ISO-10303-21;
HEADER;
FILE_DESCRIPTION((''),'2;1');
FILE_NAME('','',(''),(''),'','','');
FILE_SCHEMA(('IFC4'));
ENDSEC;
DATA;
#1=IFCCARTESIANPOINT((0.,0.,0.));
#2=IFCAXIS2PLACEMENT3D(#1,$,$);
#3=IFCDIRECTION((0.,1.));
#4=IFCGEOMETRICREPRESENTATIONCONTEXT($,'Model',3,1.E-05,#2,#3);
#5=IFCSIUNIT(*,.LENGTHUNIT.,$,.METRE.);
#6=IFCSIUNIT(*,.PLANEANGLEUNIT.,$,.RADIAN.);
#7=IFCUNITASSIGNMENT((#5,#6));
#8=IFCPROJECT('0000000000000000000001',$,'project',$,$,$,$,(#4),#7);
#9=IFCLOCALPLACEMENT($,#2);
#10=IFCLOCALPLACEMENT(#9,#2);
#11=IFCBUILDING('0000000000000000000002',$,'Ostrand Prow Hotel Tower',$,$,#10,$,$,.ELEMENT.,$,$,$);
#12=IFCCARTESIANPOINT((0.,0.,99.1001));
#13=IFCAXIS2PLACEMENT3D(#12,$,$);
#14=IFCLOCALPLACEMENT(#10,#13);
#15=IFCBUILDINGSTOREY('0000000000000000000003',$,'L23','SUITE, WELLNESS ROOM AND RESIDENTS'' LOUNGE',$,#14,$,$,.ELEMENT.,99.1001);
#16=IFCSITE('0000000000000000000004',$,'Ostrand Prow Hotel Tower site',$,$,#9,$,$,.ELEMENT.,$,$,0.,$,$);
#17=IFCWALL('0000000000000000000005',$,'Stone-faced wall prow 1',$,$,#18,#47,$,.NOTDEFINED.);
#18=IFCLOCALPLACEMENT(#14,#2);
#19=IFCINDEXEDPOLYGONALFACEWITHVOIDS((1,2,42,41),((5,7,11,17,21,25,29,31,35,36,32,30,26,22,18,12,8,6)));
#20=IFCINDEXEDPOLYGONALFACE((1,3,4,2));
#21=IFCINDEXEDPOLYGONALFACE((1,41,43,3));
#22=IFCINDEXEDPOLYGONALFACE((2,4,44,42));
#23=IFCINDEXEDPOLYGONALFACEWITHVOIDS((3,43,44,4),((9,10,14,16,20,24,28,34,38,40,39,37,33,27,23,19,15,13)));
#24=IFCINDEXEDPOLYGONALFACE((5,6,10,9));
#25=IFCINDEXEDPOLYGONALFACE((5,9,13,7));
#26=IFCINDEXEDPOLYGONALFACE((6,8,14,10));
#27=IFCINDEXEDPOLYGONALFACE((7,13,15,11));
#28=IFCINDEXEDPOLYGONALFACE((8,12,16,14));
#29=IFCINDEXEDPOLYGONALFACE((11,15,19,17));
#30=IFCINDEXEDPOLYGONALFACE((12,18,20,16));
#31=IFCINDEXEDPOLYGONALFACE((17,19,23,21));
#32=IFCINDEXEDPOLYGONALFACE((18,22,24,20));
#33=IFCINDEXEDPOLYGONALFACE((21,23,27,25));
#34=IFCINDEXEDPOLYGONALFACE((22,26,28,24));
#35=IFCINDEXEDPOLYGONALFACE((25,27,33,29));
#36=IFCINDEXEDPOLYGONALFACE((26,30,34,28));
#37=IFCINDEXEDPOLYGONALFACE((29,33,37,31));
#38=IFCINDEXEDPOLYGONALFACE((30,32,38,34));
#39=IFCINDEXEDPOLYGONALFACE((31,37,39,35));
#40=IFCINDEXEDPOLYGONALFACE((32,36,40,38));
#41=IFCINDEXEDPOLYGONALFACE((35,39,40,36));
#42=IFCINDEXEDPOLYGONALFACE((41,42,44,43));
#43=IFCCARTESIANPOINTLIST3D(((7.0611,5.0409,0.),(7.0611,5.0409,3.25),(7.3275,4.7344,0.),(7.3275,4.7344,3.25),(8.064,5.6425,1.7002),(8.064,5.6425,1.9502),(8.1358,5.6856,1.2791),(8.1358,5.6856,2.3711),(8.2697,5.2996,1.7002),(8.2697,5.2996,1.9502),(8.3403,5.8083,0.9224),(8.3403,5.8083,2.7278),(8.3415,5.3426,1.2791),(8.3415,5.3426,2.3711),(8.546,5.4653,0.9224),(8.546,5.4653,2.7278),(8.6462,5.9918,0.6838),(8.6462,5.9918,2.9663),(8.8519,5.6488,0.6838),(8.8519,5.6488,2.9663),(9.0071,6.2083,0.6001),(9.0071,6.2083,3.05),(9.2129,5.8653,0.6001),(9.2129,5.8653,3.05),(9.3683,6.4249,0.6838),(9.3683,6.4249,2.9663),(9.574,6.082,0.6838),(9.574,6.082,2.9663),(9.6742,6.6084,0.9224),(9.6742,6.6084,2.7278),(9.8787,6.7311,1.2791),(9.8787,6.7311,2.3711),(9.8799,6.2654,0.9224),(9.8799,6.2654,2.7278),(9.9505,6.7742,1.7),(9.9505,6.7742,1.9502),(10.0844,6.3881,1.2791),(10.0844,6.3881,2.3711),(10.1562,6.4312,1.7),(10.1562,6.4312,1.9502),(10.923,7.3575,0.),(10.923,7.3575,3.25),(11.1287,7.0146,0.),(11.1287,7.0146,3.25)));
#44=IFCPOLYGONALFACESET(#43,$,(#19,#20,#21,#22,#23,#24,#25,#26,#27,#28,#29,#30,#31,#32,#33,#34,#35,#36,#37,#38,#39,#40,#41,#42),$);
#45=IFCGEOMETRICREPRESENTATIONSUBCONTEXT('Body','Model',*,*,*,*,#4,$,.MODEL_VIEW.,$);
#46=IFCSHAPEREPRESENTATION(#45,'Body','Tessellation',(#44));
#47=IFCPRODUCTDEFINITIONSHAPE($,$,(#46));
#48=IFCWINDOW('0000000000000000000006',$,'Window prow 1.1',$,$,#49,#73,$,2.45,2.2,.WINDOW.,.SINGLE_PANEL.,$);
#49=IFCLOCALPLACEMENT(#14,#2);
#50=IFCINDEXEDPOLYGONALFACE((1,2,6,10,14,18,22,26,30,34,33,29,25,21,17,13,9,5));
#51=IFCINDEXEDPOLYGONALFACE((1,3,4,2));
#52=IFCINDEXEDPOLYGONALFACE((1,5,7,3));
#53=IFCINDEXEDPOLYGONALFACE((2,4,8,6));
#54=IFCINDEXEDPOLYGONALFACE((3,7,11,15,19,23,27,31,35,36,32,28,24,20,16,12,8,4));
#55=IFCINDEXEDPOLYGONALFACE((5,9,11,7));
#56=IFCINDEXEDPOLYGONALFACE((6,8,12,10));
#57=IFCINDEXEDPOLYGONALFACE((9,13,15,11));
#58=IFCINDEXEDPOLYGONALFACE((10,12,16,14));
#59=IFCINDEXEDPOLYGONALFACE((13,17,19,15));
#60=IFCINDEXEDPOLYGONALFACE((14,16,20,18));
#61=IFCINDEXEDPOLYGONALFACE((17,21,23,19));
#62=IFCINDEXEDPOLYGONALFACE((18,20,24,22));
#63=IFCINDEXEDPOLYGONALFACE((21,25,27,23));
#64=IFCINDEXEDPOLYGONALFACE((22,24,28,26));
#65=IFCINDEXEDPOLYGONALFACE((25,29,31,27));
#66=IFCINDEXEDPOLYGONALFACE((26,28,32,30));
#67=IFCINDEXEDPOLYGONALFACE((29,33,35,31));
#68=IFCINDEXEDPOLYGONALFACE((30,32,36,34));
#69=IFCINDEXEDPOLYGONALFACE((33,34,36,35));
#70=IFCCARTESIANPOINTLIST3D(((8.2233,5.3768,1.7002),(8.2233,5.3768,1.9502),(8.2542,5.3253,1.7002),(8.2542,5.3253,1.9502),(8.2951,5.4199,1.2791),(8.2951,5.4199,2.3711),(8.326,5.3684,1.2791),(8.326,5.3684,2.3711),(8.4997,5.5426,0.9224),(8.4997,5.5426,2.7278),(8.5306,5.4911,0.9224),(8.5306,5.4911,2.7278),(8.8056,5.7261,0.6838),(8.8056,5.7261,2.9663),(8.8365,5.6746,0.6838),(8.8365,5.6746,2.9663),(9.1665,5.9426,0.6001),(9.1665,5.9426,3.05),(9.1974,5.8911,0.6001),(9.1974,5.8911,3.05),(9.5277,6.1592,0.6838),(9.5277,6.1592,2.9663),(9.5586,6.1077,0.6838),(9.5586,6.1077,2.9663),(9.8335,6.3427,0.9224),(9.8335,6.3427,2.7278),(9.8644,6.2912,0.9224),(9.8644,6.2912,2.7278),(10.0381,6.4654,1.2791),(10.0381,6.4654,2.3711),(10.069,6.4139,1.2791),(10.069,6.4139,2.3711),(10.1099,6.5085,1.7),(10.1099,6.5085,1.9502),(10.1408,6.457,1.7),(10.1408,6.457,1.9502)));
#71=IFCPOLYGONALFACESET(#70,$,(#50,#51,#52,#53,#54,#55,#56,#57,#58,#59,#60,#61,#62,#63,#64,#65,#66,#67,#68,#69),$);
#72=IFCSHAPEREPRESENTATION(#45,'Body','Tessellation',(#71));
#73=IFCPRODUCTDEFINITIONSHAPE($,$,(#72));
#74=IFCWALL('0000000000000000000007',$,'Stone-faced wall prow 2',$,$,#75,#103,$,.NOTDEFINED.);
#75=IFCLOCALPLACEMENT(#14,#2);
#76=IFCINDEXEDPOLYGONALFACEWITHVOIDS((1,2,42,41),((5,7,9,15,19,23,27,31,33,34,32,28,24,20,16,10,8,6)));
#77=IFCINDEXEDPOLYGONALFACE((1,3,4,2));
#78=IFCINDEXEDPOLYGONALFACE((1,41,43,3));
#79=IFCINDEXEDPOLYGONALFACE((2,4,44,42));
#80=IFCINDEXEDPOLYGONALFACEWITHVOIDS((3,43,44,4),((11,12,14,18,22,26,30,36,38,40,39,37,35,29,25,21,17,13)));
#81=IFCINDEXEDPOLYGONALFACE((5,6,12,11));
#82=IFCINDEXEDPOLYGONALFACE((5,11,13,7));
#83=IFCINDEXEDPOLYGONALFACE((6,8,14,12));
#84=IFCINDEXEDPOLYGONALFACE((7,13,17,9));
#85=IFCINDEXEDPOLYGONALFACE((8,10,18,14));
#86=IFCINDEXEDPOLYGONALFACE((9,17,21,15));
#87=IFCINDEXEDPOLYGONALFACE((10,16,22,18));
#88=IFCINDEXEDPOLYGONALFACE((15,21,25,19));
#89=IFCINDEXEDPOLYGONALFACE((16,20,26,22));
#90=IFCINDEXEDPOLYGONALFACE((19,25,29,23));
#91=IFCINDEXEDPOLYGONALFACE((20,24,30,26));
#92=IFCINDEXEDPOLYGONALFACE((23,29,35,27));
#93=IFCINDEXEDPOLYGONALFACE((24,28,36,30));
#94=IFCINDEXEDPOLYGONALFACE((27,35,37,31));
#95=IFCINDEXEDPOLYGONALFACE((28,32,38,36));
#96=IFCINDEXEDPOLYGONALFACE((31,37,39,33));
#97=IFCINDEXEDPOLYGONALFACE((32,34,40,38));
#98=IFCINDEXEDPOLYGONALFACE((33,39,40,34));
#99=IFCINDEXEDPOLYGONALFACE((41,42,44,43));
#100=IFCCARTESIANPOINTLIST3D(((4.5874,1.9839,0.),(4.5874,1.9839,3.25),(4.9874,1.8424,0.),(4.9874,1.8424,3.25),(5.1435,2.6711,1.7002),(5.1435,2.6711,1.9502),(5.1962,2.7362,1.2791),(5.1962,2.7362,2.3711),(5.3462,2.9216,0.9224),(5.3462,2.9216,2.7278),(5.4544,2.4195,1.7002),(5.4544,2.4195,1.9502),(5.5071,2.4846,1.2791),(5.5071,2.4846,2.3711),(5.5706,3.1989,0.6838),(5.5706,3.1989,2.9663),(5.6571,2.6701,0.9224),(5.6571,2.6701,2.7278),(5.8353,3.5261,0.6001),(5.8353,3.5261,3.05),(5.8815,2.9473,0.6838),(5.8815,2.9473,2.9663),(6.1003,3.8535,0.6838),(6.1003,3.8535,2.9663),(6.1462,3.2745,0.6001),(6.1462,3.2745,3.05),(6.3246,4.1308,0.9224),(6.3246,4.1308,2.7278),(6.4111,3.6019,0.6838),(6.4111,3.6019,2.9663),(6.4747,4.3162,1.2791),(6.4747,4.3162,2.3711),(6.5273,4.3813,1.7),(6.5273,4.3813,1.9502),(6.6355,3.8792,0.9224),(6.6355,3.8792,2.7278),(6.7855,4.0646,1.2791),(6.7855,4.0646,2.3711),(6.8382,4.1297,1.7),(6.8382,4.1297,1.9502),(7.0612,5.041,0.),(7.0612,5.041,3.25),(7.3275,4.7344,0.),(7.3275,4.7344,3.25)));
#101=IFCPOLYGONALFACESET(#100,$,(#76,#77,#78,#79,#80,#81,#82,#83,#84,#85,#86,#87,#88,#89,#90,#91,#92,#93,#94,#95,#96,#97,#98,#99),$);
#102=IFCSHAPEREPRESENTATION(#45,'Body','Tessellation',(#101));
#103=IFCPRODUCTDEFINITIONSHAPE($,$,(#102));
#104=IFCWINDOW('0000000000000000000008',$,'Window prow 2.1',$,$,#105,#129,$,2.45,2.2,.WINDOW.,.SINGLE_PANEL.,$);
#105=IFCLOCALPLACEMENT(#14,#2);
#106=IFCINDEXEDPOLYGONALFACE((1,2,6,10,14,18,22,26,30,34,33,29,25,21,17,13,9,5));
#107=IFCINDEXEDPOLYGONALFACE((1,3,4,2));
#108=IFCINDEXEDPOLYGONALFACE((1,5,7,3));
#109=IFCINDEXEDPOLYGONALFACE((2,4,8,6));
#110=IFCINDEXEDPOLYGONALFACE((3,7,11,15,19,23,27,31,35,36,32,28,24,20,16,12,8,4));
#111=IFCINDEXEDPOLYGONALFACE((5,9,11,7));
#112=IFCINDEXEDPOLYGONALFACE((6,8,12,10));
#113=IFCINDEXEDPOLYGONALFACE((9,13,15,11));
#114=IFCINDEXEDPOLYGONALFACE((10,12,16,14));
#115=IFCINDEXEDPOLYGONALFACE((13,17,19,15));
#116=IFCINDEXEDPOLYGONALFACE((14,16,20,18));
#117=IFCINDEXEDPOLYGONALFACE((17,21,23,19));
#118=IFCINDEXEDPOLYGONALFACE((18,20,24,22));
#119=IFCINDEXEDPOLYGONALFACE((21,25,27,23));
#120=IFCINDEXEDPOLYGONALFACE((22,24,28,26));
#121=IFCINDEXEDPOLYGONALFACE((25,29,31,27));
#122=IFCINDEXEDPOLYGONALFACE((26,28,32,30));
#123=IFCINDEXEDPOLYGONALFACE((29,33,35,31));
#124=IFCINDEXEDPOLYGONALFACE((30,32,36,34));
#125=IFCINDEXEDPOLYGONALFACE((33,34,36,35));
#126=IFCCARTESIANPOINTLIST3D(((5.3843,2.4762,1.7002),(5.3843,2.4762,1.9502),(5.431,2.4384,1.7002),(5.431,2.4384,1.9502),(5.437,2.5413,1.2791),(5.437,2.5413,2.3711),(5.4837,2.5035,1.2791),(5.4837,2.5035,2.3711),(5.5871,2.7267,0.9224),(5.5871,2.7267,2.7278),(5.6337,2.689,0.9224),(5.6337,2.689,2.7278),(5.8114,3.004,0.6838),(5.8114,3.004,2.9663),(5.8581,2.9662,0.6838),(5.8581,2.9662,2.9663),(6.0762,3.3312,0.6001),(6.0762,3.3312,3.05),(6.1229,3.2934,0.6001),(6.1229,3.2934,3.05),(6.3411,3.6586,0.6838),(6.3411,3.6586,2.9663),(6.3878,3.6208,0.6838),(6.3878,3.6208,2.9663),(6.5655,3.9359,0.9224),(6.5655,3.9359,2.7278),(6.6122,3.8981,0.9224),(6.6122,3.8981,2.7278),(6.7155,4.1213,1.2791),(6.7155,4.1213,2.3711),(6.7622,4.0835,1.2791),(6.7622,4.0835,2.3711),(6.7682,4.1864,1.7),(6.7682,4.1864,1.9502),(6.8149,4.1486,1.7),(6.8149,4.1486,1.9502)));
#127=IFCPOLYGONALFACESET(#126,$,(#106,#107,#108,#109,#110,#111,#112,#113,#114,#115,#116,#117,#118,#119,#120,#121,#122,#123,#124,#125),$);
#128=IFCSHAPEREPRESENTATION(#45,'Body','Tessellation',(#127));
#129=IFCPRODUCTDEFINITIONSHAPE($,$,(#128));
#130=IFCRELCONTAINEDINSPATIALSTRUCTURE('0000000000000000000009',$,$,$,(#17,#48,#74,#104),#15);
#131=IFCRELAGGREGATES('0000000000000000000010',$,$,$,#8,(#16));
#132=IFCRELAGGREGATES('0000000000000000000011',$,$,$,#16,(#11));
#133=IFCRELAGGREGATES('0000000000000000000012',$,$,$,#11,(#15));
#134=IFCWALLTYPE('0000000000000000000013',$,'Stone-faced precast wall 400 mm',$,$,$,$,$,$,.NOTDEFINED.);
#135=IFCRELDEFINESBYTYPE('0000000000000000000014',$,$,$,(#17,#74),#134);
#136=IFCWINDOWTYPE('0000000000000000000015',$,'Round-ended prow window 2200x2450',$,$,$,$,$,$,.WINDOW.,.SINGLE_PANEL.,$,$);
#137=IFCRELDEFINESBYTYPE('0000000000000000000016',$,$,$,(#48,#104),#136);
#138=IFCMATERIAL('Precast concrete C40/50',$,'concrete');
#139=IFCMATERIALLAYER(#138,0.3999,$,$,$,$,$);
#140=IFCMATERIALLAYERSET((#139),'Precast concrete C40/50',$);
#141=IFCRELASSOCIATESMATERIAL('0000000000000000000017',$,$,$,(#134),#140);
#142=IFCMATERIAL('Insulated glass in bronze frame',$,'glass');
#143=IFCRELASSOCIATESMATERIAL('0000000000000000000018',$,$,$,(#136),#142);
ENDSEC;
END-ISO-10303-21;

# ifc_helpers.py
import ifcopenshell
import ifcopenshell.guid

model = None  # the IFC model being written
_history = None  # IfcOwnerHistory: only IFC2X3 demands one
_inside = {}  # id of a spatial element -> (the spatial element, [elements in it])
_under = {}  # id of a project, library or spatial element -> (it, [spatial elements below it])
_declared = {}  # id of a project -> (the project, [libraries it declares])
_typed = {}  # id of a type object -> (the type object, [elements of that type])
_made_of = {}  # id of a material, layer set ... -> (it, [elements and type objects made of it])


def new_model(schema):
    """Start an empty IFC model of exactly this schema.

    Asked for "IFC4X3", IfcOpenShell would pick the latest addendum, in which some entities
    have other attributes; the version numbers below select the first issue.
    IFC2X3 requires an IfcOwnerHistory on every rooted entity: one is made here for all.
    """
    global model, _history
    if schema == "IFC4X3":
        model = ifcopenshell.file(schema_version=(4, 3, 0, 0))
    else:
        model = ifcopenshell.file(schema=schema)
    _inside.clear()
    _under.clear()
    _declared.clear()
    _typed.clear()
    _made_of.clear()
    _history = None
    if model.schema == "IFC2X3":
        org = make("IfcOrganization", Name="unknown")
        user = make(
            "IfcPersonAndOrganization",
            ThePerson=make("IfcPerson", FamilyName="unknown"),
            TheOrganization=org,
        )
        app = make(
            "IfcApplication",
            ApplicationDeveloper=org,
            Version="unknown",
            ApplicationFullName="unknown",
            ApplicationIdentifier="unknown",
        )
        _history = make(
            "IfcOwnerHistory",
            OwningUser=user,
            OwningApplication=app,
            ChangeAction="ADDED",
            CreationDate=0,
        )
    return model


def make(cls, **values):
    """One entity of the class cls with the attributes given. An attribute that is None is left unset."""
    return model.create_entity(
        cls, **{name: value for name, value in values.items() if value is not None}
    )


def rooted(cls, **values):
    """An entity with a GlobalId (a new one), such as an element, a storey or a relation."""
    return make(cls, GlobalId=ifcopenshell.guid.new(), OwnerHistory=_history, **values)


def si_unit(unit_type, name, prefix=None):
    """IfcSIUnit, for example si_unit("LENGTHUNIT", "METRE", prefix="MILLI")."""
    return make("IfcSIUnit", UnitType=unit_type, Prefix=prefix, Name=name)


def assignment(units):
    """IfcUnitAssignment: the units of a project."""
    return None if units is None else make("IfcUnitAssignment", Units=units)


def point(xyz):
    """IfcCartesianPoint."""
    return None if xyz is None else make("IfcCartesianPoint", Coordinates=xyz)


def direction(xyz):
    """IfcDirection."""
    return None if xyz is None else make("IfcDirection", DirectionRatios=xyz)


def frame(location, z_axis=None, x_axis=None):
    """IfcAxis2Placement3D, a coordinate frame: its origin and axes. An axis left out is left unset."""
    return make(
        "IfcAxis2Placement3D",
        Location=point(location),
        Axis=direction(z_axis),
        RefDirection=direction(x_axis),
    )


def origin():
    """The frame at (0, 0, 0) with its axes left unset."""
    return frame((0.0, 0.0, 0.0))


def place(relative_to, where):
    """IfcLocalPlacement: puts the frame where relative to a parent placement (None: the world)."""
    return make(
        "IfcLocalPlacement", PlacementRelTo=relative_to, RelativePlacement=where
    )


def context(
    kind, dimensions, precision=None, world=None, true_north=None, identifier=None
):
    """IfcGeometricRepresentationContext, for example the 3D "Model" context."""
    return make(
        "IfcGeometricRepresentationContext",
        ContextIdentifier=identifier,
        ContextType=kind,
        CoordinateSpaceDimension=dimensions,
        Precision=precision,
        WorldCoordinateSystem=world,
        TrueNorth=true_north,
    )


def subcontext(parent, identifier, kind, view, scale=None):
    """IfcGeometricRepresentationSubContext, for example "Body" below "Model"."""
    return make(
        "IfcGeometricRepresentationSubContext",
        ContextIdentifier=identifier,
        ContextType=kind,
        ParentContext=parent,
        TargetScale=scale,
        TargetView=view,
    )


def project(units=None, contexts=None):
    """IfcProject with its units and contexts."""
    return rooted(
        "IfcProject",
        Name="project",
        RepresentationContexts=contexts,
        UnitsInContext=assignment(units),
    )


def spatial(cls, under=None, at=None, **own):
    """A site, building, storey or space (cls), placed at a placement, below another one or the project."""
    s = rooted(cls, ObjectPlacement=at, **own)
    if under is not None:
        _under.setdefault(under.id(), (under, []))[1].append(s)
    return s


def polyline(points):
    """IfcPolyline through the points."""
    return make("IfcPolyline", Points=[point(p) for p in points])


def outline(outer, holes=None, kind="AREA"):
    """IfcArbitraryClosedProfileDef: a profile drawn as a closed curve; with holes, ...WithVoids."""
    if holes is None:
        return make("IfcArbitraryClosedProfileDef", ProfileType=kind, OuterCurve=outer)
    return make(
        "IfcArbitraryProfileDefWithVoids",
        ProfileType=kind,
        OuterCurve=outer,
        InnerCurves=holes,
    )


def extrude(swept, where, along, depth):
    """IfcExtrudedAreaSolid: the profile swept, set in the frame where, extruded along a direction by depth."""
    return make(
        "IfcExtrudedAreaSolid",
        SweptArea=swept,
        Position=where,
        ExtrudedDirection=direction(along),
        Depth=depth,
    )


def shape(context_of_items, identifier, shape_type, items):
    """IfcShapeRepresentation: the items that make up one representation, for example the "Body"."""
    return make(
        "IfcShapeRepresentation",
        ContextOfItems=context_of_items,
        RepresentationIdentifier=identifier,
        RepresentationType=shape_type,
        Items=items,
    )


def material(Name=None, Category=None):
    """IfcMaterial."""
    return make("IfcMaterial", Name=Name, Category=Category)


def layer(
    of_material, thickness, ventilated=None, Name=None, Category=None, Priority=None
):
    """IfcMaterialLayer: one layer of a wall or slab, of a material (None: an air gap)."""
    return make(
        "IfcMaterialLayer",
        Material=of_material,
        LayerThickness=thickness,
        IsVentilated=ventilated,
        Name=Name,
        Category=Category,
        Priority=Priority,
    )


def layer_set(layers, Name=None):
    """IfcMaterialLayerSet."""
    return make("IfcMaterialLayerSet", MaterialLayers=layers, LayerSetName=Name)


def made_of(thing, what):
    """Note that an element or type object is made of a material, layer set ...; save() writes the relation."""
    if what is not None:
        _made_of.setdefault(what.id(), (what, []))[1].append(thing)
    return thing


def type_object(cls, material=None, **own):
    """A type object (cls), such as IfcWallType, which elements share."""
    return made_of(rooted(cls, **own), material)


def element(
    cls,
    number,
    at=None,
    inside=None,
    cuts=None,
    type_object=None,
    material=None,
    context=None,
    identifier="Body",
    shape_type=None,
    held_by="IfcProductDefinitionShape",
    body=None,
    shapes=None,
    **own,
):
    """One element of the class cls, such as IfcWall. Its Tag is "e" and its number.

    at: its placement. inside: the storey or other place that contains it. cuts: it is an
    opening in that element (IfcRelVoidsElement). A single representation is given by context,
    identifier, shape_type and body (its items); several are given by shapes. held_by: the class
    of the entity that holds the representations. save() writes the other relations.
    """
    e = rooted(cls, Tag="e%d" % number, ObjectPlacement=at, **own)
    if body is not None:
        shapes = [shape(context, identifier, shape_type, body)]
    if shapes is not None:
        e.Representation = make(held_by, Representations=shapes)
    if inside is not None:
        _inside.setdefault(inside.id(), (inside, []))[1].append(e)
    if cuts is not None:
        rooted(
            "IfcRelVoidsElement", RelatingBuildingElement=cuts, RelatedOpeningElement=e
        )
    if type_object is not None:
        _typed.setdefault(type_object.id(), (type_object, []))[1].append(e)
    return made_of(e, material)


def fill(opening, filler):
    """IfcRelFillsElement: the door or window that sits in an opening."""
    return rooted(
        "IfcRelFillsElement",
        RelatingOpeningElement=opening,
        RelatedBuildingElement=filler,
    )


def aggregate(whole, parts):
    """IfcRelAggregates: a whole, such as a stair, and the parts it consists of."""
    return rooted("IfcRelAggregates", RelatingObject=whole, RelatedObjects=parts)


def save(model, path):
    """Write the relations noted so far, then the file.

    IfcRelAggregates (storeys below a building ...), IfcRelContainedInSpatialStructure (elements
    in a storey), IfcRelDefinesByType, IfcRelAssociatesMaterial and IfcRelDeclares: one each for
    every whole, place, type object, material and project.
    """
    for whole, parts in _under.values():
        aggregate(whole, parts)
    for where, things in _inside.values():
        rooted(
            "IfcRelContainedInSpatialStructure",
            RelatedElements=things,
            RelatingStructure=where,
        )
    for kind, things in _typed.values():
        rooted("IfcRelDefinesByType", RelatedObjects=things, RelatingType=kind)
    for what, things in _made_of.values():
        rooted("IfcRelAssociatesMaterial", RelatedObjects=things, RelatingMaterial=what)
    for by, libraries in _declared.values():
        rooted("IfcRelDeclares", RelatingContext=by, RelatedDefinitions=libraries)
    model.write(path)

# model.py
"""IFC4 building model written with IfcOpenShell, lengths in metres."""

from ifc_helpers import new_model, si_unit, direction, frame, origin, place, context, subcontext, project, spatial, polyline, outline, extrude, material, layer, layer_set, type_object, element, fill, save


model = new_model("IFC4")

# Units and contexts
model_context = context("Model", 3, precision=1e-05, world=origin(), true_north=direction((0.0, 1.0)))
body_context = subcontext(model_context, "Body", "Model", "MODEL_VIEW")
ifc_project = project(units=[si_unit("LENGTHUNIT", "METRE"), si_unit("PLANEANGLEUNIT", "RADIAN")], contexts=[model_context])

# Site, building, storey
site_placement = place(None, origin())
site = spatial("IfcSite", under=ifc_project, at=site_placement, Name="Ostrand Prow Hotel Tower site", CompositionType="ELEMENT", RefElevation=0.0)
building_placement = place(site_placement, origin())
building = spatial("IfcBuilding", under=site, at=building_placement, Name="Ostrand Prow Hotel Tower", CompositionType="ELEMENT")
storey_placement = place(building_placement, frame((0.0, 0.0, 99.1001)))
storey = spatial("IfcBuildingStorey", under=building, at=storey_placement, Name="L23", Description="SUITE, WELLNESS ROOM AND RESIDENTS' LOUNGE", CompositionType="ELEMENT", Elevation=99.1001)

# Walls, openings, windows
ifc_material_1 = material(Name="Precast concrete C40/50", Category="concrete")
ifc_layer_1 = layer(ifc_material_1, 0.3999)
ifc_layer_set_1 = layer_set([ifc_layer_1], Name="Precast concrete C40/50")
wall_type_1 = type_object("IfcWallType", Name="Stone-faced precast wall 400 mm", PredefinedType="NOTDEFINED", material=ifc_layer_set_1)
wall_1_placement = place(storey_placement, frame((11.0259, 7.186, 0.0), z_axis=(0.0, 0.0, 1.0), x_axis=(-0.857551, -0.514399, 0.0)))
wall_1 = element("IfcWall", 1, at=wall_1_placement, inside=storey, type_object=wall_type_1, Name="Stone-faced wall prow 1", PredefinedType="NOTDEFINED", context=body_context, shape_type="SweptSolid", body=[
    extrude(outline(polyline([(0.0, -0.2), (4.5034, -0.2), (4.4326, 0.2), (0.0, 0.2), (0.0, -0.2)])), origin(), (0.0, 0.0, 1.0), 3.25),
])
opening_1_placement = place(wall_1_placement, frame((1.134, 0.0, 0.6001)))
opening_1 = element("IfcOpeningElement", 2, at=opening_1_placement, cuts=wall_1, PredefinedType="OPENING", context=body_context, shape_type="SweptSolid", body=[
    extrude(outline(polyline([(0.0, 1.3501), (0.0837, 1.771), (0.3223, 2.1277), (0.679, 2.3662), (1.1001, 2.45), (1.521, 2.3662), (1.8777, 2.1277), (2.1162, 1.771), (2.2, 1.3501), (2.2, 1.1001), (2.1162, 0.679), (1.8777, 0.3223), (1.521, 0.0837), (1.1001, 0.0), (0.679, 0.0837), (0.3223, 0.3223), (0.0837, 0.679), (0.0, 1.0999), (0.0, 1.3501)])), frame((0.0, 0.21, 0.0), z_axis=(0.0, -1.0, 0.0), x_axis=(1.0, 0.0, 0.0)), (0.0, 0.0, 1.0), 0.4199),
])
ifc_material_2 = material(Name="Insulated glass in bronze frame", Category="glass")
window_type = type_object("IfcWindowType", Name="Round-ended prow window 2200x2450", PartitioningType="SINGLE_PANEL", PredefinedType="WINDOW", material=ifc_material_2)
window_1_placement = place(opening_1_placement, origin())
window_1 = element("IfcWindow", 3, at=window_1_placement, inside=storey, type_object=window_type, Name="Window prow 1.1", OverallHeight=2.45, OverallWidth=2.2, PartitioningType="SINGLE_PANEL", PredefinedType="WINDOW", context=body_context, shape_type="SweptSolid", body=[
    extrude(outline(polyline([(0.0, 1.3501), (0.0837, 1.771), (0.3223, 2.1277), (0.679, 2.3662), (1.1001, 2.45), (1.521, 2.3662), (1.8777, 2.1277), (2.1162, 1.771), (2.2, 1.3501), (2.2, 1.1001), (2.1162, 0.679), (1.8777, 0.3223), (1.521, 0.0837), (1.1001, 0.0), (0.679, 0.0837), (0.3223, 0.3223), (0.0837, 0.679), (0.0, 1.0999), (0.0, 1.3501)])), frame((0.0, 0.1699, 0.0), z_axis=(0.0, -1.0, 0.0), x_axis=(1.0, 0.0, 0.0)), (0.0, 0.0, 1.0), 0.0601),
])
fill(opening_1, window_1)
wall_2_placement = place(storey_placement, frame((7.1943, 4.8877, 0.0), z_axis=(0.0, 0.0, 1.0), x_axis=(-0.629035, -0.777377, 0.0)))
wall_2 = element("IfcWall", 4, at=wall_2_placement, inside=storey, type_object=wall_type_1, Name="Stone-faced wall prow 2", PredefinedType="NOTDEFINED", context=body_context, shape_type="SweptSolid", body=[
    extrude(outline(polyline([(-0.0354, -0.2), (3.8972, -0.2), (3.7556, 0.2), (0.0354, 0.2), (-0.0354, -0.2)])), origin(), (0.0, 0.0, 1.0), 3.25),
])
opening_2_placement = place(wall_2_placement, frame((0.8132, 0.0, 0.6001)))
opening_2 = element("IfcOpeningElement", 5, at=opening_2_placement, cuts=wall_2, PredefinedType="OPENING", context=body_context, shape_type="SweptSolid", body=[
    extrude(outline(polyline([(0.0, 1.3501), (0.0837, 1.771), (0.3223, 2.1277), (0.679, 2.3662), (1.1001, 2.45), (1.521, 2.3662), (1.8777, 2.1277), (2.1162, 1.771), (2.2, 1.3501), (2.2, 1.1001), (2.1162, 0.679), (1.8777, 0.3223), (1.521, 0.0837), (1.1001, 0.0), (0.679, 0.0837), (0.3223, 0.3223), (0.0837, 0.679), (0.0, 1.0999), (0.0, 1.3501)])), frame((0.0, 0.21, 0.0), z_axis=(0.0, -1.0, 0.0), x_axis=(1.0, 0.0, 0.0)), (0.0, 0.0, 1.0), 0.4199),
])
window_2_placement = place(opening_2_placement, origin())
window_2 = element("IfcWindow", 6, at=window_2_placement, inside=storey, type_object=window_type, Name="Window prow 2.1", OverallHeight=2.45, OverallWidth=2.2, PartitioningType="SINGLE_PANEL", PredefinedType="WINDOW", context=body_context, shape_type="SweptSolid", body=[
    extrude(outline(polyline([(0.0, 1.3501), (0.0837, 1.771), (0.3223, 2.1277), (0.679, 2.3662), (1.1001, 2.45), (1.521, 2.3662), (1.8777, 2.1277), (2.1162, 1.771), (2.2, 1.3501), (2.2, 1.1001), (2.1162, 0.679), (1.8777, 0.3223), (1.521, 0.0837), (1.1001, 0.0), (0.679, 0.0837), (0.3223, 0.3223), (0.0837, 0.679), (0.0, 1.0999), (0.0, 1.3501)])), frame((0.0, 0.1699, 0.0), z_axis=(0.0, -1.0, 0.0), x_axis=(1.0, 0.0, 0.0)), (0.0, 0.0, 1.0), 0.0601),
])
fill(opening_2, window_2)

save(model, "model.ifc")
